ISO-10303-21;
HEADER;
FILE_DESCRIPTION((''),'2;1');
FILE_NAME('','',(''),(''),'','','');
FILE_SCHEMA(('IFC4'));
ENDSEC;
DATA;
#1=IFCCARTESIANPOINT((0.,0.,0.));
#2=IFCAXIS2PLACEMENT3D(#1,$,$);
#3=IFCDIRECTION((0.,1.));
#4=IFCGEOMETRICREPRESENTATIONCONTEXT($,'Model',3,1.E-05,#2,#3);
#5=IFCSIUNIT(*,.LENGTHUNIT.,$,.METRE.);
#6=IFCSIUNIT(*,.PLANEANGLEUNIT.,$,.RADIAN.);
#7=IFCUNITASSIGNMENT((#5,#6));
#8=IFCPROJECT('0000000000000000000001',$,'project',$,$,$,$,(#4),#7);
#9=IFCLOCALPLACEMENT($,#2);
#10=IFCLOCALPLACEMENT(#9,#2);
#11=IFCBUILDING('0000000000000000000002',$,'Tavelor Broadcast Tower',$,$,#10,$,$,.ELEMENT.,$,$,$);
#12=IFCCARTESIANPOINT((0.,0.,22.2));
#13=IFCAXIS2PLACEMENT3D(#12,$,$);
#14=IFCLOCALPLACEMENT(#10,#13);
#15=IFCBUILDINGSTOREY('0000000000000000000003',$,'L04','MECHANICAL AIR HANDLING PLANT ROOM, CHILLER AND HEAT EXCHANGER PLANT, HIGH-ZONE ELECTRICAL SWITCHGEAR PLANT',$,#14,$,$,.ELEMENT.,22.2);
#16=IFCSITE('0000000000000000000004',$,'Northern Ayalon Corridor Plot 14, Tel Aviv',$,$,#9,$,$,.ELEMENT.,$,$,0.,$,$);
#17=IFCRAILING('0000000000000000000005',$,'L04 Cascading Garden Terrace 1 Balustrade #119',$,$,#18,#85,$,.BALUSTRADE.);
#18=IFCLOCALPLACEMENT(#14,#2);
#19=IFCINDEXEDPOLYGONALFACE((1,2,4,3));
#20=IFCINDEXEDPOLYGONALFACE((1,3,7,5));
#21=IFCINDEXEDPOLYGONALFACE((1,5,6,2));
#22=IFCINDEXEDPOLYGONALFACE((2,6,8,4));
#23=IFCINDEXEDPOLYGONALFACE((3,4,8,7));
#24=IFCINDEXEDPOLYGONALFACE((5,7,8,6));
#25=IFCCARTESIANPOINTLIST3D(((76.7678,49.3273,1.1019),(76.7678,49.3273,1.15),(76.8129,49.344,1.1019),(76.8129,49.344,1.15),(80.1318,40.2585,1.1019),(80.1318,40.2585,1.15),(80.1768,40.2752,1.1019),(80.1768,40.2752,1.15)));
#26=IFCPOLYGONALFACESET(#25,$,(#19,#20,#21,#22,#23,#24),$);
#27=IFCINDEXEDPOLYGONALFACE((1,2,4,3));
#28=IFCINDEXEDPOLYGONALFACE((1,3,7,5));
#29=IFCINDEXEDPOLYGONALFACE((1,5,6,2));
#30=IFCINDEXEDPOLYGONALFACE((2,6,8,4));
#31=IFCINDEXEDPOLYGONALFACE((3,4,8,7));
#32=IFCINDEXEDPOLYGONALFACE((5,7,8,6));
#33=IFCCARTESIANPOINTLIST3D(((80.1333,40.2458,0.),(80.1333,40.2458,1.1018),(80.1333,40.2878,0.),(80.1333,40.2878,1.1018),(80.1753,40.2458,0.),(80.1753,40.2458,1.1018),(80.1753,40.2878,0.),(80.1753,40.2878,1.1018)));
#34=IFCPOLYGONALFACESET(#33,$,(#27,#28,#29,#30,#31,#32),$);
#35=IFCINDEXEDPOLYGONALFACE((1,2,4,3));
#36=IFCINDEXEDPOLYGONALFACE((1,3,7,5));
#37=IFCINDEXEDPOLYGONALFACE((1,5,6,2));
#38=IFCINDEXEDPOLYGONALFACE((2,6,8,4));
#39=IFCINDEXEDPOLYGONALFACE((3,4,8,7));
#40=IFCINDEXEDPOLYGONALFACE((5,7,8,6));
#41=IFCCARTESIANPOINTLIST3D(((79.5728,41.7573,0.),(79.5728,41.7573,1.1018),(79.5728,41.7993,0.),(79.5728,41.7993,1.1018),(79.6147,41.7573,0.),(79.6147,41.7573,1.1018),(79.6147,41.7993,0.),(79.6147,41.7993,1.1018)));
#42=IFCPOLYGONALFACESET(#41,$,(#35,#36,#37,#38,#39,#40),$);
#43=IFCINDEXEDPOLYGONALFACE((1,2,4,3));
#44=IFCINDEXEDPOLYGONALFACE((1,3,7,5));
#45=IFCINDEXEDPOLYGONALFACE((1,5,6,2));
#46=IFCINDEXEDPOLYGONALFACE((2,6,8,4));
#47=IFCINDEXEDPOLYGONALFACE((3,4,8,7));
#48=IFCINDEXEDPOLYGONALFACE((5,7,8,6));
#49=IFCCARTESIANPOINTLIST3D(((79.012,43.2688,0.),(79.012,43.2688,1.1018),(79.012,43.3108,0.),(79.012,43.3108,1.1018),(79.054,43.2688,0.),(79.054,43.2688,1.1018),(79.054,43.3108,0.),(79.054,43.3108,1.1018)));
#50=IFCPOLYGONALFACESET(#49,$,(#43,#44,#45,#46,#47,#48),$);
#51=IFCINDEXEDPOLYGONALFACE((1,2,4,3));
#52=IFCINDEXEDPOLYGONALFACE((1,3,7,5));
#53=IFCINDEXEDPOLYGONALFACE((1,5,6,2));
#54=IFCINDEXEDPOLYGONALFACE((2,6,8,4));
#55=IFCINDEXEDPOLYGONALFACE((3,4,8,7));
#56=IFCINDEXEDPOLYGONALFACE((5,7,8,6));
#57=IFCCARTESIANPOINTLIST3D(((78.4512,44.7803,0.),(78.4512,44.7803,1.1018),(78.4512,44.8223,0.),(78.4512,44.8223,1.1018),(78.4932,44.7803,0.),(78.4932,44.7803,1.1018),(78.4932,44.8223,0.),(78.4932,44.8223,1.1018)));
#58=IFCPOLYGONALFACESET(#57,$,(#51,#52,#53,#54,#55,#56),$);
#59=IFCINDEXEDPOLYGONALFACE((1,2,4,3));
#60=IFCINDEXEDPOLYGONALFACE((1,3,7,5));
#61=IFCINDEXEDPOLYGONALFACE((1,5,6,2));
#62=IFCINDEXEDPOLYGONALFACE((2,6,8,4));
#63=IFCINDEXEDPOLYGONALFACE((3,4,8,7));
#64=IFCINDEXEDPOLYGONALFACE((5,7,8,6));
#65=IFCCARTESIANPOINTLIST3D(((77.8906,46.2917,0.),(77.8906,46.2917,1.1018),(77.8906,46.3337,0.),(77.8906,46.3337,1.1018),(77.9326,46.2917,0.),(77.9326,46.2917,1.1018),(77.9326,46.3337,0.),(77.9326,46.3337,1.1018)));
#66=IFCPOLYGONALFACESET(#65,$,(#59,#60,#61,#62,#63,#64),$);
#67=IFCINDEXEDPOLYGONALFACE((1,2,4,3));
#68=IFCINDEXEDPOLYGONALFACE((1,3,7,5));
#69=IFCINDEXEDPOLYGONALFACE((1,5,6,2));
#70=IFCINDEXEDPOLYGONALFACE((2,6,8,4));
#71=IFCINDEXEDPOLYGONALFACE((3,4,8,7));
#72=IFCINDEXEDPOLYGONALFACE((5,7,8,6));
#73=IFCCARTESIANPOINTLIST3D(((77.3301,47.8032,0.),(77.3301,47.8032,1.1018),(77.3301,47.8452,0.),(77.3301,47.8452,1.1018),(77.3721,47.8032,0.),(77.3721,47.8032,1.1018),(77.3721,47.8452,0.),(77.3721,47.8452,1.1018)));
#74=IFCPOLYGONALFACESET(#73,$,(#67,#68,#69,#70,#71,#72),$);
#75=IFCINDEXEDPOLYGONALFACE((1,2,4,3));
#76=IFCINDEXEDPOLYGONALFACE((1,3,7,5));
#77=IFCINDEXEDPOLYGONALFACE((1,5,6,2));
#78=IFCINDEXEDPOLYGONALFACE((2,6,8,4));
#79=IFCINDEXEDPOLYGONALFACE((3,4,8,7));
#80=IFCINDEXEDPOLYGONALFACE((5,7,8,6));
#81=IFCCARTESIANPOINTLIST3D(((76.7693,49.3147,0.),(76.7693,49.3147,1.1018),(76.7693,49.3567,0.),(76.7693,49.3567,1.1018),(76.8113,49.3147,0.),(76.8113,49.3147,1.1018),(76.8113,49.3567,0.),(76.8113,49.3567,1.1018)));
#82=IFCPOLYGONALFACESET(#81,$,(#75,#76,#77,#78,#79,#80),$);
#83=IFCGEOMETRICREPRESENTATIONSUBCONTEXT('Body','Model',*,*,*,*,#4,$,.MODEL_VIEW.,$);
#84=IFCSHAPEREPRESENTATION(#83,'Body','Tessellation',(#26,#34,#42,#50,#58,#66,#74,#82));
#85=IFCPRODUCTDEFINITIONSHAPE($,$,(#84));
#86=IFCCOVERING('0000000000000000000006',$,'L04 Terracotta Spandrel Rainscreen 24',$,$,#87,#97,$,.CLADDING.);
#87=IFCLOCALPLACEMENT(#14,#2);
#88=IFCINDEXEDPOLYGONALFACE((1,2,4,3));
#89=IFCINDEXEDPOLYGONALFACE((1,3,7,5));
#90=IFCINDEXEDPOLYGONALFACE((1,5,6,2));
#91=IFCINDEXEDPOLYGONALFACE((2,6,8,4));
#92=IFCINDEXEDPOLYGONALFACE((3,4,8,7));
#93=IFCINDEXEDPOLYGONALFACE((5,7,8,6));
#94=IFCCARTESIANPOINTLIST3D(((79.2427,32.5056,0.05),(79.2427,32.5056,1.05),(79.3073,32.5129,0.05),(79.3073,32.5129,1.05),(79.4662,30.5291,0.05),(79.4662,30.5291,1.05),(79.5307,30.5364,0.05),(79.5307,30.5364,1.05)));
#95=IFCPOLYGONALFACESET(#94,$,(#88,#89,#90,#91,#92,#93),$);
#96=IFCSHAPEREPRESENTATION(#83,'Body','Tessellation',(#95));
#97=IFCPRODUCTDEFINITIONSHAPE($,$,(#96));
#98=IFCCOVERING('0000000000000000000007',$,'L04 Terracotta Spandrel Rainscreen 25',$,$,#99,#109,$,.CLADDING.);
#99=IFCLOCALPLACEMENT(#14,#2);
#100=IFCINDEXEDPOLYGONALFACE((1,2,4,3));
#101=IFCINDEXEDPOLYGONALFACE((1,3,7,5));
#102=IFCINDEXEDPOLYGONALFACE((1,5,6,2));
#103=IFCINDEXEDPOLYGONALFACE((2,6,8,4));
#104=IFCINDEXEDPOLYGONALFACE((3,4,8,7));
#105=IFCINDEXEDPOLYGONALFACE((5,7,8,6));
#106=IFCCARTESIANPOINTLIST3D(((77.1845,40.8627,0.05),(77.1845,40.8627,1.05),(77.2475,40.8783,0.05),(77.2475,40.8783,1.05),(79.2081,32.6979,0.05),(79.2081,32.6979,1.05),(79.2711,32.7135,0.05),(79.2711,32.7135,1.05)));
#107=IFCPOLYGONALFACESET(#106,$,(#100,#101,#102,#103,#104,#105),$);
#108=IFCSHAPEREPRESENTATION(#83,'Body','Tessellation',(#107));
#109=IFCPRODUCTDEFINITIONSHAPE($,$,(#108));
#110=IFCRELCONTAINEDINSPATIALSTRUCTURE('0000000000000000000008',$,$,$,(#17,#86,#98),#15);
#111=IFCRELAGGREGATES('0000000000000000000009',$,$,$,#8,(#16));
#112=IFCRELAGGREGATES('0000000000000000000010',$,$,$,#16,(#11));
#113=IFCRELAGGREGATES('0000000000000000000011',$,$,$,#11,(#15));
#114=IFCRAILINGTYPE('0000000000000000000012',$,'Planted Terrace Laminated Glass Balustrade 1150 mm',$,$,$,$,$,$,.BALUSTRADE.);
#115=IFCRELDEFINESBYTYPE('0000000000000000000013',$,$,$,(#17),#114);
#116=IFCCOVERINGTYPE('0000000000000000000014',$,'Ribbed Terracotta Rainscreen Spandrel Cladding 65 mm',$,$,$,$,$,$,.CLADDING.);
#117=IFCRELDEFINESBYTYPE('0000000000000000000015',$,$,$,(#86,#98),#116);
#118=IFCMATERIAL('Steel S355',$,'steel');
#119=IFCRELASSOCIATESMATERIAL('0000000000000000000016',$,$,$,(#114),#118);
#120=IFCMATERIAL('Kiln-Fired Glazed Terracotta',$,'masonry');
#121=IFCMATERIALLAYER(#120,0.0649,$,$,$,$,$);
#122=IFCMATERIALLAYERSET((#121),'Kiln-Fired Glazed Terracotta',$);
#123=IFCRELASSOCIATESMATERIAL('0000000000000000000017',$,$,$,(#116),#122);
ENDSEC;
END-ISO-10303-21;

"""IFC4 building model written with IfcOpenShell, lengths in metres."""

from ifc_helpers import new_model, si_unit, direction, frame, origin, origin_2d, place, context, subcontext, project, spatial, rectangle, extrude, material, layer, layer_set, type_object, element, save


model = new_model("IFC4")

# Units and contexts
model_context = context("Model", 3, precision=1e-05, world=origin(), true_north=direction((0.0, 1.0)))
body_context = subcontext(model_context, "Body", "Model", "MODEL_VIEW")
ifc_project = project(units=[si_unit("LENGTHUNIT", "METRE"), si_unit("PLANEANGLEUNIT", "RADIAN")], contexts=[model_context])

# Site, building, storey
site_placement = place(None, origin())
site = spatial("IfcSite", under=ifc_project, at=site_placement, Name="Northern Ayalon Corridor Plot 14, Tel Aviv", CompositionType="ELEMENT", RefElevation=0.0)
building_placement = place(site_placement, origin())
building = spatial("IfcBuilding", under=site, at=building_placement, Name="Tavelor Broadcast Tower", CompositionType="ELEMENT")
storey_placement = place(building_placement, frame((0.0, 0.0, 22.2)))
storey = spatial("IfcBuildingStorey", under=building, at=storey_placement, Name="L04", Description="MECHANICAL AIR HANDLING PLANT ROOM, CHILLER AND HEAT EXCHANGER PLANT, HIGH-ZONE ELECTRICAL SWITCHGEAR PLANT", CompositionType="ELEMENT", Elevation=22.2)

# Railing
ifc_material_1 = material(Name="Steel S355", Category="steel")
railing_type = type_object("IfcRailingType", Name="Planted Terrace Laminated Glass Balustrade 1150 mm", PredefinedType="BALUSTRADE", material=ifc_material_1)
railing_placement = place(storey_placement, frame((80.1543, 40.2668, 0.0)))
element("IfcRailing", 1, at=railing_placement, inside=storey, type_object=railing_type, Name="L04 Cascading Garden Terrace 1 Balustrade #119", PredefinedType="BALUSTRADE", context=body_context, shape_type="SweptSolid", body=[
    extrude(rectangle(XDim=0.0481, YDim=0.0481, at=origin_2d()), frame((0.0, 0.0, 1.126), z_axis=(-0.347785, 0.937574, 0.0), x_axis=(-0.937574, -0.347785, 0.0)), (0.0, 0.0, 1.0), 9.6726),
    extrude(rectangle(XDim=0.042, YDim=0.042, at=origin_2d()), origin(), (0.0, 0.0, 1.0), 1.1018),
    extrude(rectangle(XDim=0.042, YDim=0.042, at=origin_2d()), frame((-0.5605, 1.5115, 0.0)), (0.0, 0.0, 1.0), 1.1018),
    extrude(rectangle(XDim=0.042, YDim=0.042, at=origin_2d()), frame((-1.1213, 3.0229, 0.0)), (0.0, 0.0, 1.0), 1.1018),
    extrude(rectangle(XDim=0.042, YDim=0.042, at=origin_2d()), frame((-1.6821, 4.5344, 0.0)), (0.0, 0.0, 1.0), 1.1018),
    extrude(rectangle(XDim=0.042, YDim=0.042, at=origin_2d()), frame((-2.2427, 6.0459, 0.0)), (0.0, 0.0, 1.0), 1.1018),
    extrude(rectangle(XDim=0.042, YDim=0.042, at=origin_2d()), frame((-2.8032, 7.5574, 0.0)), (0.0, 0.0, 1.0), 1.1018),
    extrude(rectangle(XDim=0.042, YDim=0.042, at=origin_2d()), frame((-3.364, 9.0688, 0.0)), (0.0, 0.0, 1.0), 1.1018),
])

# Coverings
ifc_material_2 = material(Name="Kiln-Fired Glazed Terracotta", Category="masonry")
ifc_layer_1 = layer(ifc_material_2, 0.0649)
ifc_layer_set_1 = layer_set([ifc_layer_1], Name="Kiln-Fired Glazed Terracotta")
covering_type = type_object("IfcCoveringType", Name="Ribbed Terracotta Rainscreen Spandrel Cladding 65 mm", PredefinedType="CLADDING", material=ifc_layer_set_1)
covering_1_placement = place(storey_placement, frame((79.3867, 31.521, 0.05), z_axis=(0.0, 0.0, 1.0), x_axis=(-0.112336, 0.99367, 0.0)))
element("IfcCovering", 2, at=covering_1_placement, inside=storey, type_object=covering_type, Name="L04 Terracotta Spandrel Rainscreen 24", PredefinedType="CLADDING", context=body_context, shape_type="SweptSolid", body=[
    extrude(rectangle(XDim=1.989, YDim=0.0649, at=origin_2d()), origin(), (0.0, 0.0, 1.0), 1.0),
])
covering_2_placement = place(storey_placement, frame((78.2278, 36.7881, 0.05), z_axis=(0.0, 0.0, 1.0), x_axis=(-0.240567, 0.970633, 0.0)))
element("IfcCovering", 3, at=covering_2_placement, inside=storey, type_object=covering_type, Name="L04 Terracotta Spandrel Rainscreen 25", PredefinedType="CLADDING", context=body_context, shape_type="SweptSolid", body=[
    extrude(rectangle(XDim=8.4119, YDim=0.0649, at=origin_2d()), origin(), (0.0, 0.0, 1.0), 1.0),
])

save(model, "model.ifc")
